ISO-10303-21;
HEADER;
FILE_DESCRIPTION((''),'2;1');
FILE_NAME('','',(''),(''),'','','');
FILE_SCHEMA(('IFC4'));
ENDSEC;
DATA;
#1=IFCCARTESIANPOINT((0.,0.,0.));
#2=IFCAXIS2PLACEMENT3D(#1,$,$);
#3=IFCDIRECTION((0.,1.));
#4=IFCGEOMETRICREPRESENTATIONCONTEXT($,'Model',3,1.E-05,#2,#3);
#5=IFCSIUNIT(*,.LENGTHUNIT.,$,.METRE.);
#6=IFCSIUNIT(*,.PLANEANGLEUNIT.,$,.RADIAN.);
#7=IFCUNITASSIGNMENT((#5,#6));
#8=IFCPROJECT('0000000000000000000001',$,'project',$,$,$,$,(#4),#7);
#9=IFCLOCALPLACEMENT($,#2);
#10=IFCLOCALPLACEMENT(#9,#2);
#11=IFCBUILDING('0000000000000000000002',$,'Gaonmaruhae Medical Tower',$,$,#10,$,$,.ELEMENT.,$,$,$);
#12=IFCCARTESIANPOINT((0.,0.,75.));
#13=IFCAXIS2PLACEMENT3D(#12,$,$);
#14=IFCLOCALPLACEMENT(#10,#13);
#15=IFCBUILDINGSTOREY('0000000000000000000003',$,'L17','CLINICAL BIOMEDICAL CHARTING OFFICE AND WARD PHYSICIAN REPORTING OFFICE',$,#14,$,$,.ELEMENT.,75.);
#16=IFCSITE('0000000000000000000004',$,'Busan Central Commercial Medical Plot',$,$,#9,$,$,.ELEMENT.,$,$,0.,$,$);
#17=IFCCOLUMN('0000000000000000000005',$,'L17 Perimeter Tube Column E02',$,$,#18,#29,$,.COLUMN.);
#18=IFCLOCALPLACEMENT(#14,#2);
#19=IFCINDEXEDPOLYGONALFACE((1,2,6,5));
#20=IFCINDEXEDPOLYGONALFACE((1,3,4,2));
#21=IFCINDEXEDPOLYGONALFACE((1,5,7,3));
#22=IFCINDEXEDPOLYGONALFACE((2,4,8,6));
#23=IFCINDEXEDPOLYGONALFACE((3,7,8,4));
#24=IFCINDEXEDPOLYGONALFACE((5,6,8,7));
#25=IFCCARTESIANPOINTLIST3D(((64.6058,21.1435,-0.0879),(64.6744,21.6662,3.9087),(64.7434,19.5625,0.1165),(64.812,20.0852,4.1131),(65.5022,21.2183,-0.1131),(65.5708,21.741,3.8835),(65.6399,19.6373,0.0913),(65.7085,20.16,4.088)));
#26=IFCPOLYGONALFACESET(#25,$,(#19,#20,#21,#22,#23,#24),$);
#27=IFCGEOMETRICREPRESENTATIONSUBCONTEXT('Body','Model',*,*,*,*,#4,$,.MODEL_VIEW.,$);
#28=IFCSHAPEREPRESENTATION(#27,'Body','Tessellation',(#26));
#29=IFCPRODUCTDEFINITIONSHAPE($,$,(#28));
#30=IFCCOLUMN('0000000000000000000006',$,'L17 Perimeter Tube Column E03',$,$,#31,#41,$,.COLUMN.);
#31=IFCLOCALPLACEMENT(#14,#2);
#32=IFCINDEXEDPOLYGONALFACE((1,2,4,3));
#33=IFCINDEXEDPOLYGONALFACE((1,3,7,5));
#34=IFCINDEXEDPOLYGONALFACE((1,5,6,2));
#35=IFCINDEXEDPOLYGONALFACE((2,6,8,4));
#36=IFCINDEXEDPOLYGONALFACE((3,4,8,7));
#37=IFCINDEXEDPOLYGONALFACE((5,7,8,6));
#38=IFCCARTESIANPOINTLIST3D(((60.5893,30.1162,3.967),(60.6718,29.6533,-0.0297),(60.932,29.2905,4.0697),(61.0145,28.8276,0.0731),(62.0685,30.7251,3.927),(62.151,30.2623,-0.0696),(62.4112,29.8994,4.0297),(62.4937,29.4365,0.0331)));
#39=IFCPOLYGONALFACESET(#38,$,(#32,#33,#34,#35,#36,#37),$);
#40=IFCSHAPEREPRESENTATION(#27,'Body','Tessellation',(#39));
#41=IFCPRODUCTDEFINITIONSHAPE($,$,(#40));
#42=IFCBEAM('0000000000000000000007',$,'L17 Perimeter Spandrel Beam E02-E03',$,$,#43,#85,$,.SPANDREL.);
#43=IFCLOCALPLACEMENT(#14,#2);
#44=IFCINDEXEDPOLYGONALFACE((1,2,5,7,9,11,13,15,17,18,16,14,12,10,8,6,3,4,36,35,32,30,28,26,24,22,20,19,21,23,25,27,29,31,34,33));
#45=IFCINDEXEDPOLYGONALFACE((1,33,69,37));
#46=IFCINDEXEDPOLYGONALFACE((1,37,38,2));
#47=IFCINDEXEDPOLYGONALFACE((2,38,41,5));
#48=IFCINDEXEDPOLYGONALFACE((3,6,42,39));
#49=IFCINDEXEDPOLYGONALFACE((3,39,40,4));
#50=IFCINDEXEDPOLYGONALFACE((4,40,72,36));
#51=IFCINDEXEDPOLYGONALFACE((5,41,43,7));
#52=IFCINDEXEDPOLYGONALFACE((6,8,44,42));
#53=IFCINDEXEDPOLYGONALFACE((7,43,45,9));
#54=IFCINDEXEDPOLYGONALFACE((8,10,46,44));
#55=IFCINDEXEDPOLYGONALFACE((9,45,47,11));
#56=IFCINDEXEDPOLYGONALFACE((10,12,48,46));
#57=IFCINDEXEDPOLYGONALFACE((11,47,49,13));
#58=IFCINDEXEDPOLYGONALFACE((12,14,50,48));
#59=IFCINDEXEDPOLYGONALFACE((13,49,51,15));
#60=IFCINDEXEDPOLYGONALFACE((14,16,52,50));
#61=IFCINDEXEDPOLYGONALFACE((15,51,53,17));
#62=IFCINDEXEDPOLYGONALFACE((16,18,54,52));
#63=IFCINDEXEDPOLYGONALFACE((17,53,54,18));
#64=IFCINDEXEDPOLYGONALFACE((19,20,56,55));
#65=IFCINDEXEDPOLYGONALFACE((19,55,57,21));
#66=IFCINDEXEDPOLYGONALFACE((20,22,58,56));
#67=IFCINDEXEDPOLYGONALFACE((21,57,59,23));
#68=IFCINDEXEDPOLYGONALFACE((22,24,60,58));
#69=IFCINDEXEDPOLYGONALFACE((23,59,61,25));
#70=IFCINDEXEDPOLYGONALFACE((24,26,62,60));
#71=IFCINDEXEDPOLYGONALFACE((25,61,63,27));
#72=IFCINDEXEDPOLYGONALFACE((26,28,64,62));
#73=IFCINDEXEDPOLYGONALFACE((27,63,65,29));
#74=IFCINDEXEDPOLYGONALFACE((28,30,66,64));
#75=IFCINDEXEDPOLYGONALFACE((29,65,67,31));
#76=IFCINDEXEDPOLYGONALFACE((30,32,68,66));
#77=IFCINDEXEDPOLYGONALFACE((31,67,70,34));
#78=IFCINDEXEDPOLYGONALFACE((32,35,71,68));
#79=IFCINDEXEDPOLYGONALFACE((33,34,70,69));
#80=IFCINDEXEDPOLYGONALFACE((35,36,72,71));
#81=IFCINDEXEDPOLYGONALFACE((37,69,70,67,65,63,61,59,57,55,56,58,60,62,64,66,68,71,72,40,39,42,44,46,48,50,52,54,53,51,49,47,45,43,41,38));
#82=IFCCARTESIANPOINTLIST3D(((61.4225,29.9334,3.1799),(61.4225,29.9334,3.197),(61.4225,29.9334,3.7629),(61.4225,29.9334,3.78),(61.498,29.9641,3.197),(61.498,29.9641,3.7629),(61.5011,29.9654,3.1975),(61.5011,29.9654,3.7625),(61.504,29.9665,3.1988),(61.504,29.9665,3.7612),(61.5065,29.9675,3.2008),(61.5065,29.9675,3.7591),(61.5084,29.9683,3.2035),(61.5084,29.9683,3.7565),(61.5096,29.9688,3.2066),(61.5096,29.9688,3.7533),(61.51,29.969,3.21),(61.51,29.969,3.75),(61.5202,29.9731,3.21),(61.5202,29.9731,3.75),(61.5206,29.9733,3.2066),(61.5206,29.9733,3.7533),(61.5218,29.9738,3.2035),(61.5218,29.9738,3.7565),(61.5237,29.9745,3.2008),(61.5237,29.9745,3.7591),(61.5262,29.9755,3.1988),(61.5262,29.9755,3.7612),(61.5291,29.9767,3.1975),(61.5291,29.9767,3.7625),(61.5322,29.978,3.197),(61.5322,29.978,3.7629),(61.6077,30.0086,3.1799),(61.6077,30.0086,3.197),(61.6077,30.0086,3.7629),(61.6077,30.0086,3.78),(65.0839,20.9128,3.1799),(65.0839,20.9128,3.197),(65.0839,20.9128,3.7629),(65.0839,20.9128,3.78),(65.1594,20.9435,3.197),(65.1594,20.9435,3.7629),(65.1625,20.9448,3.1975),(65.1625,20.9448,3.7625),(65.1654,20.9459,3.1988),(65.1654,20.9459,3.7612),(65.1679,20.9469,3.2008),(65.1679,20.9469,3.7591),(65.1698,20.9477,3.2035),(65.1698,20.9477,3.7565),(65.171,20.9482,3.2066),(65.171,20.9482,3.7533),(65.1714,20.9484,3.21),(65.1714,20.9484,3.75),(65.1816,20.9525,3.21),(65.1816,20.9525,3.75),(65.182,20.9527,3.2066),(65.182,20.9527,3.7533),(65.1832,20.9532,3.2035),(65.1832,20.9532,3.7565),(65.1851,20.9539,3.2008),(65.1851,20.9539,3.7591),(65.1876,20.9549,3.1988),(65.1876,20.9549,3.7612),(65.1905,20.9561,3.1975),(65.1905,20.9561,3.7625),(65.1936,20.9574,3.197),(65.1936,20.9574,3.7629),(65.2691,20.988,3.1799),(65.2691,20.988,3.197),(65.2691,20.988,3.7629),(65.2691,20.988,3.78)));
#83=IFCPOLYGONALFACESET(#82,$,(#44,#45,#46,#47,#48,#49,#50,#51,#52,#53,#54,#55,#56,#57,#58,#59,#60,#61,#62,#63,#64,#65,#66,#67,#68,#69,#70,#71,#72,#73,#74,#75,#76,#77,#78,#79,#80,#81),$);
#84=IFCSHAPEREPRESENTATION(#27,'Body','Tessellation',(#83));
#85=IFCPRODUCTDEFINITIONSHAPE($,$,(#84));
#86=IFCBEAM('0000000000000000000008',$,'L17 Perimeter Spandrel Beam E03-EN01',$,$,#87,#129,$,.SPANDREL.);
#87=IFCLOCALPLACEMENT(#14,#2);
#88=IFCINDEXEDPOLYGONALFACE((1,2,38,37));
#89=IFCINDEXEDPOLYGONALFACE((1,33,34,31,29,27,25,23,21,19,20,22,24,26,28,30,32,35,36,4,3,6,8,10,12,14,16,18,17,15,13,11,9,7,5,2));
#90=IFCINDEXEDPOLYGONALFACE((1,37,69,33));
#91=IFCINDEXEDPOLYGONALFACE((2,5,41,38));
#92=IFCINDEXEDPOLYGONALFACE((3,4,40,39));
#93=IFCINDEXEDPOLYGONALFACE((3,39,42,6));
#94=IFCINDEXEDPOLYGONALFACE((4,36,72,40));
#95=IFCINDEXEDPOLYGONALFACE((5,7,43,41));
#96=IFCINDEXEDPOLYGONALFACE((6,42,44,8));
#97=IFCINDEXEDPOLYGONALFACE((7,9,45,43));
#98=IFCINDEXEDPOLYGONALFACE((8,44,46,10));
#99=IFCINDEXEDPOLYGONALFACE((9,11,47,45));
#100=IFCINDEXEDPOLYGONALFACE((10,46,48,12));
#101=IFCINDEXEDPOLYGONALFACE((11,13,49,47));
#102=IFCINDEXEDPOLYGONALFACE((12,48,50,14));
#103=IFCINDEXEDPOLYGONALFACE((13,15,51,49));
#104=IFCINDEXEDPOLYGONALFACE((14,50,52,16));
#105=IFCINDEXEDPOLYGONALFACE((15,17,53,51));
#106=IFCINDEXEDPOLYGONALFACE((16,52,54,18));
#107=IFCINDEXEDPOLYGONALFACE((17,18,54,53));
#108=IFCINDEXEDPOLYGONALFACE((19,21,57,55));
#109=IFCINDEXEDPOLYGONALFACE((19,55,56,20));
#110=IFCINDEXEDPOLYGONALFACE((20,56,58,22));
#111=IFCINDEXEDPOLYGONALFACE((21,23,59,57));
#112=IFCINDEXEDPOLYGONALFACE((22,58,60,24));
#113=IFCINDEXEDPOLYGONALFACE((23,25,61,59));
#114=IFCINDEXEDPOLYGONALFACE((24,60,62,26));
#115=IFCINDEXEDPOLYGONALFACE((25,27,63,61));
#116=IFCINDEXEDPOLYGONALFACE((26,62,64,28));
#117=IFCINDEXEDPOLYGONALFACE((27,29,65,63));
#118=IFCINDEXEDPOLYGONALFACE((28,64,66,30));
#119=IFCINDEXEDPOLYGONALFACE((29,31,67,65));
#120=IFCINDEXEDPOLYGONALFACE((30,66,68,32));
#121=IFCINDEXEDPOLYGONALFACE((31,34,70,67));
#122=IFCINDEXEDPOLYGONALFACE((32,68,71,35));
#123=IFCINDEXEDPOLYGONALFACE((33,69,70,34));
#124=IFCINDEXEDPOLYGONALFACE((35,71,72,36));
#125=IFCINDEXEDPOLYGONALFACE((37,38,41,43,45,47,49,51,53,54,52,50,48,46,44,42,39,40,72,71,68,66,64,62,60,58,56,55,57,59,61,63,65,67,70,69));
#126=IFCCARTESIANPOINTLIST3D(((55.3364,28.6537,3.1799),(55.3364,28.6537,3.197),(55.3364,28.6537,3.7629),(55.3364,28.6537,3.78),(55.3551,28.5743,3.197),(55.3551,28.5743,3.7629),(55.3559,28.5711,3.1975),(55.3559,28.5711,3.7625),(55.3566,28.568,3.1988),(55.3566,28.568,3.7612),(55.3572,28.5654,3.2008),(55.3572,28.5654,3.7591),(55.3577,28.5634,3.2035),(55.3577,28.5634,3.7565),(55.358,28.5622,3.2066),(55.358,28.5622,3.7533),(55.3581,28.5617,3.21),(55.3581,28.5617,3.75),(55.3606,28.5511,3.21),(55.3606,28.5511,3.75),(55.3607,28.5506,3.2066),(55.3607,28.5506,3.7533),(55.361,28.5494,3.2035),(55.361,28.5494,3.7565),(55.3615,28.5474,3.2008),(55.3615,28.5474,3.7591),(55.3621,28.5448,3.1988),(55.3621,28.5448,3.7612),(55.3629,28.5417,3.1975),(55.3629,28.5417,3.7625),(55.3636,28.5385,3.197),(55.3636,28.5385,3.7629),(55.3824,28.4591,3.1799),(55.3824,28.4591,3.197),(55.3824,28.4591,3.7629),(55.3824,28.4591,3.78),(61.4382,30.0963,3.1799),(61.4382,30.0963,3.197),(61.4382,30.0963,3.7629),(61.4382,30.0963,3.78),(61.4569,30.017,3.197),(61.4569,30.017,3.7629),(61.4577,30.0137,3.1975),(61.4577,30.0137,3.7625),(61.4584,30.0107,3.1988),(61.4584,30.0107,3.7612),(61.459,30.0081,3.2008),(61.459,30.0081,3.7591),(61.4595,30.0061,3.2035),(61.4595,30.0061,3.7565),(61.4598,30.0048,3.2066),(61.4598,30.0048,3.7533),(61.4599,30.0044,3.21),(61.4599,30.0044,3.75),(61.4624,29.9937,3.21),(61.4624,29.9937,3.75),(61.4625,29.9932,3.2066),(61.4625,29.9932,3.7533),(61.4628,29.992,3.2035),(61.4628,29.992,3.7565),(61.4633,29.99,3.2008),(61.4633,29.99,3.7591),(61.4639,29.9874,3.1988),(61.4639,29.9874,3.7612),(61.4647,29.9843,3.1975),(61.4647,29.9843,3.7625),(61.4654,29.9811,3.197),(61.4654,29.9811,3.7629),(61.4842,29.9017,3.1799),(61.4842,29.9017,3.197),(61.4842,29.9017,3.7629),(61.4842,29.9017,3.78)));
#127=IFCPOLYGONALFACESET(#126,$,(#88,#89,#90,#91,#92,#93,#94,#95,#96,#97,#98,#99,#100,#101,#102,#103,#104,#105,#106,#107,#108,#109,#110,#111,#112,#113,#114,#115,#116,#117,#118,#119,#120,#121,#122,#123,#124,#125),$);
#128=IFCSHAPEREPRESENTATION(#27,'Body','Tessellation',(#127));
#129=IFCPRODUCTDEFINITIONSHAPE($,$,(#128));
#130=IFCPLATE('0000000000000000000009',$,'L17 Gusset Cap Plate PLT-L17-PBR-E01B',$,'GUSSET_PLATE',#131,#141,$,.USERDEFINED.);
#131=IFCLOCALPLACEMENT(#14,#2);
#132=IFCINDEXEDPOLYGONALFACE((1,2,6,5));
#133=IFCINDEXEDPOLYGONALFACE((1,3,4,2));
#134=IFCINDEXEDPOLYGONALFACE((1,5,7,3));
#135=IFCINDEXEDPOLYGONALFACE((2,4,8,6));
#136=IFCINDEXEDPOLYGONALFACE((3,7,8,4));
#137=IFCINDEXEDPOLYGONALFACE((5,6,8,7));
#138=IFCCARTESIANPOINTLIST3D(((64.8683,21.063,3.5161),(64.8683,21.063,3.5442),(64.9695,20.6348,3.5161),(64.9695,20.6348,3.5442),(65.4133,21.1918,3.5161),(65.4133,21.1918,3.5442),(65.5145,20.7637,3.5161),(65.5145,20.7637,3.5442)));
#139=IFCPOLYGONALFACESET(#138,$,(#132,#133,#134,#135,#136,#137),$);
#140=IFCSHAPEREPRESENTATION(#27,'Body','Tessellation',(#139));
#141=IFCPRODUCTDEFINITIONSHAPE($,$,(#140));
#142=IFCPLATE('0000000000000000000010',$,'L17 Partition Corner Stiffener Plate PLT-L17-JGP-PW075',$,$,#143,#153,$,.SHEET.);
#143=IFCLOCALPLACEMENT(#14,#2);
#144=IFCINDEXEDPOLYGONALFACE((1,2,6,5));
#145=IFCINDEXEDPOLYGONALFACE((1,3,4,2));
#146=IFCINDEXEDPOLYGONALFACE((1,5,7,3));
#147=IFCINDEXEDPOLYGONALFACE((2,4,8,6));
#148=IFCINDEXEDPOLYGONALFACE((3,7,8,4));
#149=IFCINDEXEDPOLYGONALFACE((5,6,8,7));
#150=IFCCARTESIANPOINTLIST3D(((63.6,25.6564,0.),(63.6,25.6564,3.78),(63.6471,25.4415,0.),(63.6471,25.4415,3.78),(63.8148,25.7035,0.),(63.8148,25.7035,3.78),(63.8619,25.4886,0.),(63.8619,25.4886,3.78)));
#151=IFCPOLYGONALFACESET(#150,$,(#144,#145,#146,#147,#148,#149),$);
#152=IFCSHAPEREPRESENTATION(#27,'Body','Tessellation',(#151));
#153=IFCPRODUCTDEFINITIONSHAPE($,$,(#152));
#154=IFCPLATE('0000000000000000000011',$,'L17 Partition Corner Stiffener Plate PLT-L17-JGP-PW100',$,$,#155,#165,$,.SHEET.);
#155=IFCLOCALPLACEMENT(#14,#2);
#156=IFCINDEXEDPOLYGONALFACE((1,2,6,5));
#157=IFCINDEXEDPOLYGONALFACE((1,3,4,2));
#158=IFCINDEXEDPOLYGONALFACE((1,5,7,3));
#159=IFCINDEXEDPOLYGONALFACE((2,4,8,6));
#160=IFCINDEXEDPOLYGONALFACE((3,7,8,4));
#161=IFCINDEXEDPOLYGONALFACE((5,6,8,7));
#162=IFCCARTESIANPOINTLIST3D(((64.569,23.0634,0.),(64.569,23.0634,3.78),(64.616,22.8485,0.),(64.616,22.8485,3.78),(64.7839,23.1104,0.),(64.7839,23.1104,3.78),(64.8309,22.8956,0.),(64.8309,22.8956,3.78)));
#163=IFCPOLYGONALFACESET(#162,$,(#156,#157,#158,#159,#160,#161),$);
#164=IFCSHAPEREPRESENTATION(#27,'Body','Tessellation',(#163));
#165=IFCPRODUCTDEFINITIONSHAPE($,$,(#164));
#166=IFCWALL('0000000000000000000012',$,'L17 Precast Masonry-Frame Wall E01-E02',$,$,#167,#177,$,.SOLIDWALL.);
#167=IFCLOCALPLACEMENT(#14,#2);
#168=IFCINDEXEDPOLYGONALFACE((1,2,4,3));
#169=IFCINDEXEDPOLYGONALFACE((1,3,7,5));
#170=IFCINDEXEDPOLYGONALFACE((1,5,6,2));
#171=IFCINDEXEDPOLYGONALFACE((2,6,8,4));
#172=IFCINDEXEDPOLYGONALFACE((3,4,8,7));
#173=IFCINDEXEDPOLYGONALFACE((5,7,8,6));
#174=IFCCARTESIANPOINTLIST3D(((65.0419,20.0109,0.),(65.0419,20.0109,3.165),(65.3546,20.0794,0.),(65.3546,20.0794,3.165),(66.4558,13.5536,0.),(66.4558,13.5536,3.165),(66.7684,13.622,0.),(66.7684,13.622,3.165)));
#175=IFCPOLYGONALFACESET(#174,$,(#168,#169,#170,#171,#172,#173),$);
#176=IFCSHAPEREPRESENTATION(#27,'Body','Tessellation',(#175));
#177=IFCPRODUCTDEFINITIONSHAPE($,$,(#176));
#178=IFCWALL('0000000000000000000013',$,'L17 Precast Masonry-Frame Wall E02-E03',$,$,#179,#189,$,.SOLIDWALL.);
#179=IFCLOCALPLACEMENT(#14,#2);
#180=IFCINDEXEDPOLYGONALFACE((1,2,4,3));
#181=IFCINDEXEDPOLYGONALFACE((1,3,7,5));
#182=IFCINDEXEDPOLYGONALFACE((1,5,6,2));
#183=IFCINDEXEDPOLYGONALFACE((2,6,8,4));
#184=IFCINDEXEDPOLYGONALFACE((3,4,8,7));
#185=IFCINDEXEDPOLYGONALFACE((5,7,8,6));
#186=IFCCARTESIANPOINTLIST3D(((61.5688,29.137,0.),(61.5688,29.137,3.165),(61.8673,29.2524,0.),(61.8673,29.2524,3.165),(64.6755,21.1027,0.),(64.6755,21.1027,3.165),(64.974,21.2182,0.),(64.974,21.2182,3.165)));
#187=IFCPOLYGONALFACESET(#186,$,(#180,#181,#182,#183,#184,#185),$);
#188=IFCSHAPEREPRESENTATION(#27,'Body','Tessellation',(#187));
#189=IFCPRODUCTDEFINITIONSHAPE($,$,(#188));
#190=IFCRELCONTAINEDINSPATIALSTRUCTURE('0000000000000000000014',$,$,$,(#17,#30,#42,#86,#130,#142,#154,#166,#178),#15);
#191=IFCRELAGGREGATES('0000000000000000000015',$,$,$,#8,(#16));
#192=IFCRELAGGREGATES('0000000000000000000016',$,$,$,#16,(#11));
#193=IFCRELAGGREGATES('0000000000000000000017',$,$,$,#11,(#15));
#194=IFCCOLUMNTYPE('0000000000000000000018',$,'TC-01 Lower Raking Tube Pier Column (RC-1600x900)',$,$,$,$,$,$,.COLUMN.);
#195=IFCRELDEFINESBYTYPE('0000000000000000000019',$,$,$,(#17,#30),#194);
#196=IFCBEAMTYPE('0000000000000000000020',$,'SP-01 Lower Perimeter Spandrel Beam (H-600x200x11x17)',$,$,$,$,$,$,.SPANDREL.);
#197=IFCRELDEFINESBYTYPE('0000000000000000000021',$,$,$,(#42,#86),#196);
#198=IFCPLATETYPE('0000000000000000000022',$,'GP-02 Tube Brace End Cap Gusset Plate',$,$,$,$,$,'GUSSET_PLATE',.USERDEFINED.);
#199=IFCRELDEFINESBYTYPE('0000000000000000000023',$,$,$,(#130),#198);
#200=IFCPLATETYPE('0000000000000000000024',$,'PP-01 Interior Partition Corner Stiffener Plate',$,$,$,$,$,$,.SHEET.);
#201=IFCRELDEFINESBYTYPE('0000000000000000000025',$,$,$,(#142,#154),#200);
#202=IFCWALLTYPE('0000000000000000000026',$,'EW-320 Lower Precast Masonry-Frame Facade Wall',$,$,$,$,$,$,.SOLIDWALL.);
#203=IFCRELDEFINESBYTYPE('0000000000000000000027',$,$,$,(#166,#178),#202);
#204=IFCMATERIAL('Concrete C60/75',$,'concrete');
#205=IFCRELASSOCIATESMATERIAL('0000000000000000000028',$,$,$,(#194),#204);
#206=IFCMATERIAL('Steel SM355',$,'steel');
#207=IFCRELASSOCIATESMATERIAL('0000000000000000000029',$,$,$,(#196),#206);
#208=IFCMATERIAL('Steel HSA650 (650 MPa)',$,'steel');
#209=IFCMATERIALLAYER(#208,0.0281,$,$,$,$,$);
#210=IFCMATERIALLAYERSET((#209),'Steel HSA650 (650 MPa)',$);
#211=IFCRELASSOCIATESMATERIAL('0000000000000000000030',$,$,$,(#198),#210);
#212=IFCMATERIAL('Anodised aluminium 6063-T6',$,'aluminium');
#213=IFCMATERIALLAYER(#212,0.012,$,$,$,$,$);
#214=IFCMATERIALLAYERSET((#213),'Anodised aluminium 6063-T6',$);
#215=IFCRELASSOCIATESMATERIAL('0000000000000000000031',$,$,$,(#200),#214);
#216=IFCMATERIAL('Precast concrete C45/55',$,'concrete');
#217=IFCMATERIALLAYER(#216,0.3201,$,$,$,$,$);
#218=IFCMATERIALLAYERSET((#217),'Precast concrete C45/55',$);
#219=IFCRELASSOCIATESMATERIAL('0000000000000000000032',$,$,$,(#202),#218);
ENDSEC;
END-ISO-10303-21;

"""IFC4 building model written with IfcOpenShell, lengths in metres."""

from ifc_helpers import new_model, si_unit, direction, frame, frame_2d, origin, origin_2d, place, context, subcontext, project, spatial, rectangle, i_section, extrude, material, layer, layer_set, material_profile, profile_set, type_object, element, save


model = new_model("IFC4")

# Units and contexts
model_context = context("Model", 3, precision=1e-05, world=origin(), true_north=direction((0.0, 1.0)))
body_context = subcontext(model_context, "Body", "Model", "MODEL_VIEW")
ifc_project = project(units=[si_unit("LENGTHUNIT", "METRE"), si_unit("PLANEANGLEUNIT", "RADIAN")], contexts=[model_context])

# Site, building, storey
site_placement = place(None, origin())
site = spatial("IfcSite", under=ifc_project, at=site_placement, Name="Busan Central Commercial Medical Plot", CompositionType="ELEMENT", RefElevation=0.0)
building_placement = place(site_placement, origin())
building = spatial("IfcBuilding", under=site, at=building_placement, Name="Gaonmaruhae Medical Tower", CompositionType="ELEMENT")
storey_placement = place(building_placement, frame((0.0, 0.0, 75.0)))
storey = spatial("IfcBuildingStorey", under=building, at=storey_placement, Name="L17", Description="CLINICAL BIOMEDICAL CHARTING OFFICE AND WARD PHYSICIAN REPORTING OFFICE", CompositionType="ELEMENT", Elevation=75.0)

# Columns
ifc_material_1 = material(Name="Concrete C60/75", Category="concrete")
ifc_material_profile_1 = material_profile(ifc_material_1, rectangle(XDim=1.6001, YDim=0.8999, at=origin_2d()), Name="RC-1600x900")
ifc_profile_set_1 = profile_set([ifc_material_profile_1], Name="Concrete C60/75")
column_type = type_object("IfcColumnType", Name="TC-01 Lower Raking Tube Pier Column (RC-1600x900)", PredefinedType="COLUMN", material=ifc_profile_set_1)
column_1_placement = place(storey_placement, frame((65.1228, 20.3904, 0.0017), z_axis=(0.017018, 0.129665, 0.991412), x_axis=(0.086036, -0.988068, 0.127751)))
element("IfcColumn", 1, at=column_1_placement, inside=storey, type_object=column_type, Name="L17 Perimeter Tube Column E02", PredefinedType="COLUMN", context=body_context, shape_type="SweptSolid", body=[
    extrude(rectangle(XDim=1.6001, YDim=0.8999, at=origin_2d()), origin(), (0.0, 0.0, 1.0), 4.0312),
])
column_2_placement = place(storey_placement, frame((61.5828, 29.5449, 0.0017), z_axis=(-0.020506, 0.115028, 0.993151), x_axis=(-0.924417, -0.380563, 0.02499)))
element("IfcColumn", 2, at=column_2_placement, inside=storey, type_object=column_type, Name="L17 Perimeter Tube Column E03", PredefinedType="COLUMN", context=body_context, shape_type="SweptSolid", body=[
    extrude(rectangle(XDim=1.6001, YDim=0.8999, at=origin_2d()), origin(), (0.0, 0.0, 1.0), 4.0242),
])

# Beams
ifc_material_2 = material(Name="Steel SM355", Category="steel")
ifc_material_profile_2 = material_profile(ifc_material_2, i_section(OverallWidth=0.2, OverallDepth=0.6001, WebThickness=0.011, FlangeThickness=0.0171, FilletRadius=0.0129, at=origin_2d()), Name="H-600x200x11x17")
ifc_profile_set_2 = profile_set([ifc_material_profile_2], Name="Steel SM355")
beam_type = type_object("IfcBeamType", Name="SP-01 Lower Perimeter Spandrel Beam (H-600x200x11x17)", PredefinedType="SPANDREL", material=ifc_profile_set_2)
beam_1_placement = place(storey_placement, frame((65.1765, 20.9504, 3.48), z_axis=(-0.376095, 0.926581, 0.0), x_axis=(-0.926581, -0.376095, 0.0)))
element("IfcBeam", 3, at=beam_1_placement, inside=storey, type_object=beam_type, Name="L17 Perimeter Spandrel Beam E02-E03", PredefinedType="SPANDREL", context=body_context, shape_type="SweptSolid", body=[
    extrude(i_section(OverallWidth=0.2, OverallDepth=0.6001, WebThickness=0.011, FlangeThickness=0.0171, FilletRadius=0.0129, at=origin_2d()), origin(), (0.0, 0.0, 1.0), 9.7354),
])
beam_2_placement = place(storey_placement, frame((61.4612, 29.999, 3.48), z_axis=(-0.973171, -0.230083, 0.0), x_axis=(0.230083, -0.973171, 0.0)))
element("IfcBeam", 4, at=beam_2_placement, inside=storey, type_object=beam_type, Name="L17 Perimeter Spandrel Beam E03-EN01", PredefinedType="SPANDREL", context=body_context, shape_type="SweptSolid", body=[
    extrude(i_section(OverallWidth=0.2, OverallDepth=0.6001, WebThickness=0.011, FlangeThickness=0.0171, FilletRadius=0.0129, at=origin_2d()), origin(), (0.0, 0.0, 1.0), 6.27),
])

# Plates
ifc_material_3 = material(Name="Steel HSA650 (650 MPa)", Category="steel")
ifc_layer_1 = layer(ifc_material_3, 0.0281)
ifc_layer_set_1 = layer_set([ifc_layer_1], Name="Steel HSA650 (650 MPa)")
plate_type_1 = type_object("IfcPlateType", Name="GP-02 Tube Brace End Cap Gusset Plate", ElementType="GUSSET_PLATE", PredefinedType="USERDEFINED", material=ifc_layer_set_1)
plate_placement = place(storey_placement, frame((65.1914, 20.9133, 3.5161), z_axis=(0.0, 0.0, 1.0), x_axis=(0.973179, 0.23005, 0.0)))
element("IfcPlate", 5, at=plate_placement, inside=storey, type_object=plate_type_1, Name="L17 Gusset Cap Plate PLT-L17-PBR-E01B", ObjectType="GUSSET_PLATE", PredefinedType="USERDEFINED", context=body_context, shape_type="SweptSolid", body=[
    extrude(rectangle(XDim=0.5601, YDim=0.4399, at=origin_2d()), origin(), (0.0, 0.0, 1.0), 0.0281),
])
ifc_material_4 = material(Name="Anodised aluminium 6063-T6", Category="aluminium")
ifc_layer_2 = layer(ifc_material_4, 0.012)
ifc_layer_set_2 = layer_set([ifc_layer_2], Name="Anodised aluminium 6063-T6")
plate_type_2 = type_object("IfcPlateType", Name="PP-01 Interior Partition Corner Stiffener Plate", PredefinedType="SHEET", material=ifc_layer_set_2)
for number, where, z_axis, x_axis, name in (
    (6, (63.731, 25.5725, 0.0), (0.0, 0.0, 1.0), (-0.976796, -0.214173, 0.0), "L17 Partition Corner Stiffener Plate PLT-L17-JGP-PW075"),
    (7, (64.7, 22.9795, 0.0), (0.0, 0.0, 1.0), (0.9769, 0.213695, 0.0), "L17 Partition Corner Stiffener Plate PLT-L17-JGP-PW100"),
):
    element("IfcPlate", number, at=place(storey_placement, frame(where, z_axis=z_axis, x_axis=x_axis)), inside=storey, type_object=plate_type_2, Name=name, PredefinedType="SHEET", context=body_context, shape_type="SweptSolid", body=[
        extrude(rectangle(XDim=0.22, YDim=0.22, at=origin_2d()), origin(), (0.0, 0.0, 1.0), 3.78),
    ])

# Walls
ifc_material_5 = material(Name="Precast concrete C45/55", Category="concrete")
ifc_layer_3 = layer(ifc_material_5, 0.3201)
ifc_layer_set_3 = layer_set([ifc_layer_3], Name="Precast concrete C45/55")
wall_type_1 = type_object("IfcWallType", Name="EW-320 Lower Precast Masonry-Frame Facade Wall", PredefinedType="SOLIDWALL", material=ifc_layer_set_3)
wall_1_placement = place(storey_placement, frame((65.1982, 20.0452, 0.0), z_axis=(0.0, 0.0, 1.0), x_axis=(0.213883, -0.976859, 0.0)))
element("IfcWall", 8, at=wall_1_placement, inside=storey, type_object=wall_type_1, Name="L17 Precast Masonry-Frame Wall E01-E02", PredefinedType="SOLIDWALL", context=body_context, shape_type="SweptSolid", body=[
    extrude(rectangle(XDim=6.6104, YDim=0.3201, at=frame_2d((3.3052, 0.0))), origin(), (0.0, 0.0, 1.0), 3.165),
])
wall_2_placement = place(storey_placement, frame((61.718, 29.1948, 0.0), z_axis=(0.0, 0.0, 1.0), x_axis=(0.360659, -0.932698, 0.0)))
element("IfcWall", 9, at=wall_2_placement, inside=storey, type_object=wall_type_1, Name="L17 Precast Masonry-Frame Wall E02-E03", PredefinedType="SOLIDWALL", context=body_context, shape_type="SweptSolid", body=[
    extrude(rectangle(XDim=8.614, YDim=0.3201, at=frame_2d((4.3071, 0.0))), origin(), (0.0, 0.0, 1.0), 3.165),
])

save(model, "model.ifc")
